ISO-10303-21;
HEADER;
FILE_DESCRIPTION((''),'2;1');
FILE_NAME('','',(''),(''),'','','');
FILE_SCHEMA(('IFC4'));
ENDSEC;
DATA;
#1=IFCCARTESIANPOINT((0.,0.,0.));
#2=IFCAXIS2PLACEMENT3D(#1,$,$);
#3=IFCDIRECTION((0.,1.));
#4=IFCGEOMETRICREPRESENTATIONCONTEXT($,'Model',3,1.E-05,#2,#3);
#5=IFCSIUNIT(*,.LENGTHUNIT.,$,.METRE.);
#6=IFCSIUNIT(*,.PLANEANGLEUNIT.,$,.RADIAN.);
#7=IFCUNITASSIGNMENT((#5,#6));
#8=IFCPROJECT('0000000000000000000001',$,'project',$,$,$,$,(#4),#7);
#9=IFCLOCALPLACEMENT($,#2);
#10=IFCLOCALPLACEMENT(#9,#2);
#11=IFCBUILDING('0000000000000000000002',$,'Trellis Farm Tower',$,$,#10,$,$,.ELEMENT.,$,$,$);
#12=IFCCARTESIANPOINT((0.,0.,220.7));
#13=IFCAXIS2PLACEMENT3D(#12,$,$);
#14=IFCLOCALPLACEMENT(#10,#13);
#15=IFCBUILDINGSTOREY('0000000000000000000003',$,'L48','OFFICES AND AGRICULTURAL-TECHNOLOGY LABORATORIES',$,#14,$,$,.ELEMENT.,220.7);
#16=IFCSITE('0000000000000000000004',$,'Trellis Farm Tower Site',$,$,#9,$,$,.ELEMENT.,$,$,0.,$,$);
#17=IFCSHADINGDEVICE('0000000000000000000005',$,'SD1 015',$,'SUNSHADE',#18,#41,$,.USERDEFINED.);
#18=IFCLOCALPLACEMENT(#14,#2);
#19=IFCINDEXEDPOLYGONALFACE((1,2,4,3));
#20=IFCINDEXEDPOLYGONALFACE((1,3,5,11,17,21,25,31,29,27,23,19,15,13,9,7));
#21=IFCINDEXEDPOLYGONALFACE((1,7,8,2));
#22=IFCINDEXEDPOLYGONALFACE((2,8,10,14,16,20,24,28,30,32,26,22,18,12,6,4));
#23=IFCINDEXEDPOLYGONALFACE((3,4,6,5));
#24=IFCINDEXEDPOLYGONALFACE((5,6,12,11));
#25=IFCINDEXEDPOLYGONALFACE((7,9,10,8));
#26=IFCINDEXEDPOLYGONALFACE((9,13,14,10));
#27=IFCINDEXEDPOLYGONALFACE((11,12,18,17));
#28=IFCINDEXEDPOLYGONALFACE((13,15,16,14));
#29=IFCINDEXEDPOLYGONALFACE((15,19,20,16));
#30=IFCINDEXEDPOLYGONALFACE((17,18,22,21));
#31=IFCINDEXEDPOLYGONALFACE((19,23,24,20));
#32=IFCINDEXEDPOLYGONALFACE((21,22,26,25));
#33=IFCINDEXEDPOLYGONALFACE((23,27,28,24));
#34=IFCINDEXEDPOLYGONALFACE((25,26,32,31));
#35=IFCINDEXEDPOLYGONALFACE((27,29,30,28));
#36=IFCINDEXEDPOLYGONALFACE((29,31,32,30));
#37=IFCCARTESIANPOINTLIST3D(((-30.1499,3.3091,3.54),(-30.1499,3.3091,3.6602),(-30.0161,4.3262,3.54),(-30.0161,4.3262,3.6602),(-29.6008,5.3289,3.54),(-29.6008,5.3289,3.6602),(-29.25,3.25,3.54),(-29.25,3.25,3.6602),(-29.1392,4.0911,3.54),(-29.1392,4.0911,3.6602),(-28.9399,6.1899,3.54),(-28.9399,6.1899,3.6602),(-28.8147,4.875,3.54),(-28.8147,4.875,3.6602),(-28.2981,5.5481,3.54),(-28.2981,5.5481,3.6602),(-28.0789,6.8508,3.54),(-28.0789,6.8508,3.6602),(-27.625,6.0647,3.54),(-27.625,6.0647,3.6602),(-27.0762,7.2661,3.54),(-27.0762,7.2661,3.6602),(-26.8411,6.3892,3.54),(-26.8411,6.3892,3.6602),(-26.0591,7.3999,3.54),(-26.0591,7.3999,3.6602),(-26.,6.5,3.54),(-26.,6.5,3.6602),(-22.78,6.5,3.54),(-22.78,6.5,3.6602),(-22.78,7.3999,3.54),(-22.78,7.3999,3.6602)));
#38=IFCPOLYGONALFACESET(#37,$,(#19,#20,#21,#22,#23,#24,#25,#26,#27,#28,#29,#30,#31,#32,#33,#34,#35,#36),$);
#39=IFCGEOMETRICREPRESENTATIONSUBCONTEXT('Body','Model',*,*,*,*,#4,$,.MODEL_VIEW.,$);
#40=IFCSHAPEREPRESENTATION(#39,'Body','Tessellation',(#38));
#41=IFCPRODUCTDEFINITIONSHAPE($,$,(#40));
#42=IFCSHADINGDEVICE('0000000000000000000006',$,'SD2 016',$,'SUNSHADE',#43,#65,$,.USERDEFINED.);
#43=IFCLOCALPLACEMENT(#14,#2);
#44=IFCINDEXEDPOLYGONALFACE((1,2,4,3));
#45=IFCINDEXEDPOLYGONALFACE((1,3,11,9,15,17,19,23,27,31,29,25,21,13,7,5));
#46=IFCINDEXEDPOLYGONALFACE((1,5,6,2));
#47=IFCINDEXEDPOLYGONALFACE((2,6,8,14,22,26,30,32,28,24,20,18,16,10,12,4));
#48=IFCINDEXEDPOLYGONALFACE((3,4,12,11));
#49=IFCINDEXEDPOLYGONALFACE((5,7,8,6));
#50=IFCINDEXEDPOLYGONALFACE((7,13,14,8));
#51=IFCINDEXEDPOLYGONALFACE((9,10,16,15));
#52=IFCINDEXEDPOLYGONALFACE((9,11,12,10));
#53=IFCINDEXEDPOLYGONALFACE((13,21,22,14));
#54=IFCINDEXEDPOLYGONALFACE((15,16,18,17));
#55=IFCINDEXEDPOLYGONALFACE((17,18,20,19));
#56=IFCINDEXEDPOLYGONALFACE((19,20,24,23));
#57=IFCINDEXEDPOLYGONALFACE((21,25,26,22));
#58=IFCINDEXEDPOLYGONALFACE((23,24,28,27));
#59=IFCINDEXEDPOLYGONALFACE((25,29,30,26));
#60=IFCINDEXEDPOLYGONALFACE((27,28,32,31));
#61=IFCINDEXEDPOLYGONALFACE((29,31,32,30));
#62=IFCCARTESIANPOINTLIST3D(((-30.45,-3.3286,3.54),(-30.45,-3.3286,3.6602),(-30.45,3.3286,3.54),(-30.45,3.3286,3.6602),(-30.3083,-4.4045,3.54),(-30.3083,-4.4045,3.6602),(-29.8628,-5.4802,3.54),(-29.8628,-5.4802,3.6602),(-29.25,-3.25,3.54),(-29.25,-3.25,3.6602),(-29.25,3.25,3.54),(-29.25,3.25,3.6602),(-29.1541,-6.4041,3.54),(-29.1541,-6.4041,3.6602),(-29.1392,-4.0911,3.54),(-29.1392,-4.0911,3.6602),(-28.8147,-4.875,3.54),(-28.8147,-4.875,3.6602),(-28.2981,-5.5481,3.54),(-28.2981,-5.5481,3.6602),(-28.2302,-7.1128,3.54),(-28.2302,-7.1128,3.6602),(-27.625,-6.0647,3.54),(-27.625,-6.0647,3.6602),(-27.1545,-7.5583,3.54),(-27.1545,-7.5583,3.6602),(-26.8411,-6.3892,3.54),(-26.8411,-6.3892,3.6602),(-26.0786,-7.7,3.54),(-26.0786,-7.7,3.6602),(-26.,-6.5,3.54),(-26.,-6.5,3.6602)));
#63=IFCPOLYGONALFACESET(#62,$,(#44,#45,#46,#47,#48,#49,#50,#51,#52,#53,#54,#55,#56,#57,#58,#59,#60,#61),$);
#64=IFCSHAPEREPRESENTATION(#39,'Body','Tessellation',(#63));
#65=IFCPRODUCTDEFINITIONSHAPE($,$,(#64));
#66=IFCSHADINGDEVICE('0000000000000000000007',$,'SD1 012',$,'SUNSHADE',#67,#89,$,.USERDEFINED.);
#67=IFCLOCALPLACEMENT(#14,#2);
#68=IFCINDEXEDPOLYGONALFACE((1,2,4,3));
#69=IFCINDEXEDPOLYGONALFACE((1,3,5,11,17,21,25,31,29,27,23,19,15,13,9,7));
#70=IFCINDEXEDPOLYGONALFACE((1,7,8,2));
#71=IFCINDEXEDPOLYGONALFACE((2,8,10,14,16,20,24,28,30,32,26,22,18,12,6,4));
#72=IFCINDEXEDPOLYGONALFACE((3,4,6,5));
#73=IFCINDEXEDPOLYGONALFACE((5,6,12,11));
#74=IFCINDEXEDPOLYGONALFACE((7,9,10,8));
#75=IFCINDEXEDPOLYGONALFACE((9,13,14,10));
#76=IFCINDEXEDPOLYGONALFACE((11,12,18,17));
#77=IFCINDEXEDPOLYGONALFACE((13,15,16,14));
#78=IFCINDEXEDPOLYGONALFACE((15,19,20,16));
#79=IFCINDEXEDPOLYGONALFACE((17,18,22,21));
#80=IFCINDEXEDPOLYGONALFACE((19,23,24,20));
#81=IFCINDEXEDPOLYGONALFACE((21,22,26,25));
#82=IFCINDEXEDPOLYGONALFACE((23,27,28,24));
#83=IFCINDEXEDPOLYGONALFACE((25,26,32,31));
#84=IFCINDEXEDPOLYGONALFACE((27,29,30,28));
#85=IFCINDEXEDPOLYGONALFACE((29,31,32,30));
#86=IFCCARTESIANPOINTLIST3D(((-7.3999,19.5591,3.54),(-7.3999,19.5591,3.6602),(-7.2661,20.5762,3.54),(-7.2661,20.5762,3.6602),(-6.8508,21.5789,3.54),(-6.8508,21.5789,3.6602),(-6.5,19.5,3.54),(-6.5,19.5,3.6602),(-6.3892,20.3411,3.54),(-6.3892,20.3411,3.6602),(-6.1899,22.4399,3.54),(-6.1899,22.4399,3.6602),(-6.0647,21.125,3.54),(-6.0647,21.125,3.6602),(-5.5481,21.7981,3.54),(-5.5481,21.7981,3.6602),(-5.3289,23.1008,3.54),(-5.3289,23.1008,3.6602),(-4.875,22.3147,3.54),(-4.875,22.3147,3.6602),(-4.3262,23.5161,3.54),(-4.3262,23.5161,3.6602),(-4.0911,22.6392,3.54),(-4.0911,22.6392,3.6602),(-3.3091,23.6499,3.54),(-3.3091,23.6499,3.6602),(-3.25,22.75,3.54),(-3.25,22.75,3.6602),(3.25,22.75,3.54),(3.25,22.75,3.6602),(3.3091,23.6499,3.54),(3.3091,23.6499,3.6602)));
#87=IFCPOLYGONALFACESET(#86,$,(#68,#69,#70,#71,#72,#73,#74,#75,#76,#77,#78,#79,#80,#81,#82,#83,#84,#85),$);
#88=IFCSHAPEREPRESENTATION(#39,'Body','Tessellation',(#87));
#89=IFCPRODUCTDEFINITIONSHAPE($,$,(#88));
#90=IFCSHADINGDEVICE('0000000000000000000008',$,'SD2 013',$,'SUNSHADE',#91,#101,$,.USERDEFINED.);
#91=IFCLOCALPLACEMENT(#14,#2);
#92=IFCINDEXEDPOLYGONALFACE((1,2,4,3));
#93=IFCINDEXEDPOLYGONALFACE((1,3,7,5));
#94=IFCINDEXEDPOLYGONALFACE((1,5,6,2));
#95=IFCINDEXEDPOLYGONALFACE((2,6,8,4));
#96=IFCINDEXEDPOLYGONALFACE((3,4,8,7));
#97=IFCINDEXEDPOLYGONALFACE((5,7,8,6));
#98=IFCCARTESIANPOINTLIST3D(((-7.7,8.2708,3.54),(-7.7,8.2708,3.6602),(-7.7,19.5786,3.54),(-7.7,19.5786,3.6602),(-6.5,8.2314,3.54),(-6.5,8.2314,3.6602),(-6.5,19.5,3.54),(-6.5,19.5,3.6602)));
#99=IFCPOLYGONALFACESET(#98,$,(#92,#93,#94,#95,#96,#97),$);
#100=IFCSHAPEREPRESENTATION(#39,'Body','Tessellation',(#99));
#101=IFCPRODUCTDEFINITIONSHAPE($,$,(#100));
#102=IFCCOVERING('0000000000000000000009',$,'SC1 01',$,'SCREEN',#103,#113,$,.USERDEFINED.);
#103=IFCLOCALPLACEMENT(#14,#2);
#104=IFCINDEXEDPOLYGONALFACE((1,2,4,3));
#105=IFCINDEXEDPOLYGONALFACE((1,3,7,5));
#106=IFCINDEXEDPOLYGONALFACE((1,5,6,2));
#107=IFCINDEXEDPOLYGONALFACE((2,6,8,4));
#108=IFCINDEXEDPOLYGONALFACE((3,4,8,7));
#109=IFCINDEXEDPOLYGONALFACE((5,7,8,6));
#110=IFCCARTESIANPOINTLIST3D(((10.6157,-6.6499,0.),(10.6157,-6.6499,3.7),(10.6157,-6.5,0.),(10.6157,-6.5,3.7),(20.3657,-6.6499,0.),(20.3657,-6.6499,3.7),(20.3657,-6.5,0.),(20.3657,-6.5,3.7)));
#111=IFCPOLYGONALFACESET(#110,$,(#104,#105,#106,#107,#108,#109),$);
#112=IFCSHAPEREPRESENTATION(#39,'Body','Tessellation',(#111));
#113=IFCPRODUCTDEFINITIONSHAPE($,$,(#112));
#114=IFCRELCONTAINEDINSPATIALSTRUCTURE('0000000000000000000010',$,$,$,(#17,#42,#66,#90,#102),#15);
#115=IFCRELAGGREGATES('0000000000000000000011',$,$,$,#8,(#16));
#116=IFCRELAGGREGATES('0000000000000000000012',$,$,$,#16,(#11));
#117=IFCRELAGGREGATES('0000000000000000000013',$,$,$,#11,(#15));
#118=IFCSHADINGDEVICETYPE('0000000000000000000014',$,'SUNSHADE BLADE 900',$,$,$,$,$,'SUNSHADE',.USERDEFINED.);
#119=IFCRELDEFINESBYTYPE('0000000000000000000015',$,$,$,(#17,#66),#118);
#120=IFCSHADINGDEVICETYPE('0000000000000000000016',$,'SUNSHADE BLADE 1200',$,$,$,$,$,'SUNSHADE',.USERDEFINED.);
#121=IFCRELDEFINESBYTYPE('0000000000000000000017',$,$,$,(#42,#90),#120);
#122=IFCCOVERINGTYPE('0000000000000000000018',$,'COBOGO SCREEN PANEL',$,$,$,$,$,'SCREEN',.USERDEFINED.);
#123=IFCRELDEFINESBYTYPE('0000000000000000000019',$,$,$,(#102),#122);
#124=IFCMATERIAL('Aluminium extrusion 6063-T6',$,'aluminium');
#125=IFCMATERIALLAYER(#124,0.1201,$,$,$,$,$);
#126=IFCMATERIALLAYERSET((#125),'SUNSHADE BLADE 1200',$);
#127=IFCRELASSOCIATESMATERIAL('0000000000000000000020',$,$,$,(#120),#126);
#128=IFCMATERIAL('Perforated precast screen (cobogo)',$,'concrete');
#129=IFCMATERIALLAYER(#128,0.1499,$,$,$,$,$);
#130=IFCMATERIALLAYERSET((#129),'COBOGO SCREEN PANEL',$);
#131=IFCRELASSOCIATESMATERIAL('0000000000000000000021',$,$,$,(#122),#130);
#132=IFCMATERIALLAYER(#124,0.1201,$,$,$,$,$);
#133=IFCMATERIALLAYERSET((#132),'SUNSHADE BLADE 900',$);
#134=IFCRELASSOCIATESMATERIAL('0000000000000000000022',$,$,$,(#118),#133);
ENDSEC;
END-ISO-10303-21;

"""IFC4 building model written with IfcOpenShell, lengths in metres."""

from ifc_helpers import new_model, si_unit, direction, frame, origin, place, context, subcontext, project, spatial, polyline, outline, extrude, source, transform, mapped, material, layer, layer_set, type_object, element, save


model = new_model("IFC4")

# Units and contexts
model_context = context("Model", 3, precision=1e-05, world=origin(), true_north=direction((0.0, 1.0)))
body_context = subcontext(model_context, "Body", "Model", "MODEL_VIEW")
ifc_project = project(units=[si_unit("LENGTHUNIT", "METRE"), si_unit("PLANEANGLEUNIT", "RADIAN")], contexts=[model_context])

# Site, building, storey
site_placement = place(None, origin())
site = spatial("IfcSite", under=ifc_project, at=site_placement, Name="Trellis Farm Tower Site", CompositionType="ELEMENT", RefElevation=0.0)
building_placement = place(site_placement, origin())
building = spatial("IfcBuilding", under=site, at=building_placement, Name="Trellis Farm Tower", CompositionType="ELEMENT")
storey_placement = place(building_placement, frame((0.0, 0.0, 220.7)))
storey = spatial("IfcBuildingStorey", under=building, at=storey_placement, Name="L48", Description="OFFICES AND AGRICULTURAL-TECHNOLOGY LABORATORIES", CompositionType="ELEMENT", Elevation=220.7)

# Shared definitions
placement_1 = place(storey_placement, origin())
ifc_material_1 = material(Name="Aluminium extrusion 6063-T6", Category="aluminium")

# Shared definitions
ifc_layer_1 = layer(ifc_material_1, 0.1201)
ifc_layer_set_1 = layer_set([ifc_layer_1], Name="SUNSHADE BLADE 1200")
shading_device_type_1 = type_object("IfcShadingDeviceType", Name="SUNSHADE BLADE 1200", ElementType="SUNSHADE", PredefinedType="USERDEFINED", material=ifc_layer_set_1)
placement_2 = place(storey_placement, frame((0.0, 0.0, 3.54)))

# Shared definitions
ifc_material_2 = material(Name="Perforated precast screen (cobogo)", Category="concrete")
ifc_layer_2 = layer(ifc_material_2, 0.1499)
ifc_layer_set_2 = layer_set([ifc_layer_2], Name="COBOGO SCREEN PANEL")
covering_type = type_object("IfcCoveringType", Name="COBOGO SCREEN PANEL", ElementType="SCREEN", PredefinedType="USERDEFINED", material=ifc_layer_set_2)

# Shading devices
ifc_layer_3 = layer(ifc_material_1, 0.1201)
ifc_layer_set_3 = layer_set([ifc_layer_3], Name="SUNSHADE BLADE 900")
shading_device_type_2 = type_object("IfcShadingDeviceType", Name="SUNSHADE BLADE 900", ElementType="SUNSHADE", PredefinedType="USERDEFINED", material=ifc_layer_set_3)
shared_shape_1 = source(origin(), body_context, "Body", "SweptSolid", [
    extrude(outline(polyline([(-22.78, 7.3999), (-26.0591, 7.3999), (-27.0762, 7.2661), (-28.0789, 6.8508), (-28.9399, 6.1899), (-29.6008, 5.3289), (-30.0161, 4.3262), (-30.1499, 3.3091), (-29.25, 3.25), (-29.1392, 4.0911), (-28.8147, 4.875), (-28.2981, 5.5481), (-27.625, 6.0647), (-26.8411, 6.3892), (-26.0, 6.5), (-22.78, 6.5), (-22.78, 7.3999)])), origin(), (0.0, 0.0, 1.0), 0.1201),
])
element("IfcShadingDevice", 1, at=placement_2, inside=storey, type_object=shading_device_type_2, Name="SD1 015", ObjectType="SUNSHADE", PredefinedType="USERDEFINED", context=body_context, shape_type="MappedRepresentation", body=[
    mapped(shared_shape_1, transform((0.0, 0.0, 0.0))),
])
shared_shape_2 = source(origin(), body_context, "Body", "SweptSolid", [
    extrude(outline(polyline([(-30.45, 3.3286), (-30.45, -3.3286), (-30.3083, -4.4045), (-29.8628, -5.4802), (-29.1541, -6.4041), (-28.2302, -7.1128), (-27.1545, -7.5583), (-26.0786, -7.7), (-26.0, -6.5), (-26.8411, -6.3892), (-27.625, -6.0647), (-28.2981, -5.5481), (-28.8147, -4.875), (-29.1392, -4.0911), (-29.25, -3.25), (-29.25, 3.25), (-30.45, 3.3286)])), origin(), (0.0, 0.0, 1.0), 0.1201),
])
element("IfcShadingDevice", 2, at=placement_2, inside=storey, type_object=shading_device_type_1, Name="SD2 016", ObjectType="SUNSHADE", PredefinedType="USERDEFINED", context=body_context, shape_type="MappedRepresentation", body=[
    mapped(shared_shape_2, transform((0.0, 0.0, 0.0))),
])
shared_shape_3 = source(origin(), body_context, "Body", "SweptSolid", [
    extrude(outline(polyline([(3.3091, 23.6499), (-3.3091, 23.6499), (-4.3262, 23.5161), (-5.3289, 23.1008), (-6.1899, 22.4399), (-6.8508, 21.5789), (-7.2661, 20.5762), (-7.3999, 19.5591), (-6.5, 19.5), (-6.3892, 20.3411), (-6.0647, 21.125), (-5.5481, 21.7981), (-4.875, 22.3147), (-4.0911, 22.6392), (-3.25, 22.75), (3.25, 22.75), (3.3091, 23.6499)])), origin(), (0.0, 0.0, 1.0), 0.1201),
])
element("IfcShadingDevice", 3, at=placement_2, inside=storey, type_object=shading_device_type_2, Name="SD1 012", ObjectType="SUNSHADE", PredefinedType="USERDEFINED", context=body_context, shape_type="MappedRepresentation", body=[
    mapped(shared_shape_3, transform((0.0, 0.0, 0.0))),
])
shared_shape_4 = source(origin(), body_context, "Body", "SweptSolid", [
    extrude(outline(polyline([(-7.7, 19.5786), (-7.7, 8.2708), (-6.5, 8.2314), (-6.5, 19.5), (-7.7, 19.5786)])), origin(), (0.0, 0.0, 1.0), 0.1201),
])
element("IfcShadingDevice", 4, at=placement_2, inside=storey, type_object=shading_device_type_1, Name="SD2 013", ObjectType="SUNSHADE", PredefinedType="USERDEFINED", context=body_context, shape_type="MappedRepresentation", body=[
    mapped(shared_shape_4, transform((0.0, 0.0, 0.0))),
])

# Covering
shared_shape_5 = source(origin(), body_context, "Body", "SweptSolid", [
    extrude(outline(polyline([(10.6157, -6.6499), (20.3657, -6.6499), (20.3657, -6.5), (10.6157, -6.5), (10.6157, -6.6499)])), origin(), (0.0, 0.0, 1.0), 3.7),
])
element("IfcCovering", 5, at=placement_1, inside=storey, type_object=covering_type, Name="SC1 01", ObjectType="SCREEN", PredefinedType="USERDEFINED", context=body_context, shape_type="MappedRepresentation", body=[
    mapped(shared_shape_5, transform((0.0, 0.0, 0.0))),
])

save(model, "model.ifc")
